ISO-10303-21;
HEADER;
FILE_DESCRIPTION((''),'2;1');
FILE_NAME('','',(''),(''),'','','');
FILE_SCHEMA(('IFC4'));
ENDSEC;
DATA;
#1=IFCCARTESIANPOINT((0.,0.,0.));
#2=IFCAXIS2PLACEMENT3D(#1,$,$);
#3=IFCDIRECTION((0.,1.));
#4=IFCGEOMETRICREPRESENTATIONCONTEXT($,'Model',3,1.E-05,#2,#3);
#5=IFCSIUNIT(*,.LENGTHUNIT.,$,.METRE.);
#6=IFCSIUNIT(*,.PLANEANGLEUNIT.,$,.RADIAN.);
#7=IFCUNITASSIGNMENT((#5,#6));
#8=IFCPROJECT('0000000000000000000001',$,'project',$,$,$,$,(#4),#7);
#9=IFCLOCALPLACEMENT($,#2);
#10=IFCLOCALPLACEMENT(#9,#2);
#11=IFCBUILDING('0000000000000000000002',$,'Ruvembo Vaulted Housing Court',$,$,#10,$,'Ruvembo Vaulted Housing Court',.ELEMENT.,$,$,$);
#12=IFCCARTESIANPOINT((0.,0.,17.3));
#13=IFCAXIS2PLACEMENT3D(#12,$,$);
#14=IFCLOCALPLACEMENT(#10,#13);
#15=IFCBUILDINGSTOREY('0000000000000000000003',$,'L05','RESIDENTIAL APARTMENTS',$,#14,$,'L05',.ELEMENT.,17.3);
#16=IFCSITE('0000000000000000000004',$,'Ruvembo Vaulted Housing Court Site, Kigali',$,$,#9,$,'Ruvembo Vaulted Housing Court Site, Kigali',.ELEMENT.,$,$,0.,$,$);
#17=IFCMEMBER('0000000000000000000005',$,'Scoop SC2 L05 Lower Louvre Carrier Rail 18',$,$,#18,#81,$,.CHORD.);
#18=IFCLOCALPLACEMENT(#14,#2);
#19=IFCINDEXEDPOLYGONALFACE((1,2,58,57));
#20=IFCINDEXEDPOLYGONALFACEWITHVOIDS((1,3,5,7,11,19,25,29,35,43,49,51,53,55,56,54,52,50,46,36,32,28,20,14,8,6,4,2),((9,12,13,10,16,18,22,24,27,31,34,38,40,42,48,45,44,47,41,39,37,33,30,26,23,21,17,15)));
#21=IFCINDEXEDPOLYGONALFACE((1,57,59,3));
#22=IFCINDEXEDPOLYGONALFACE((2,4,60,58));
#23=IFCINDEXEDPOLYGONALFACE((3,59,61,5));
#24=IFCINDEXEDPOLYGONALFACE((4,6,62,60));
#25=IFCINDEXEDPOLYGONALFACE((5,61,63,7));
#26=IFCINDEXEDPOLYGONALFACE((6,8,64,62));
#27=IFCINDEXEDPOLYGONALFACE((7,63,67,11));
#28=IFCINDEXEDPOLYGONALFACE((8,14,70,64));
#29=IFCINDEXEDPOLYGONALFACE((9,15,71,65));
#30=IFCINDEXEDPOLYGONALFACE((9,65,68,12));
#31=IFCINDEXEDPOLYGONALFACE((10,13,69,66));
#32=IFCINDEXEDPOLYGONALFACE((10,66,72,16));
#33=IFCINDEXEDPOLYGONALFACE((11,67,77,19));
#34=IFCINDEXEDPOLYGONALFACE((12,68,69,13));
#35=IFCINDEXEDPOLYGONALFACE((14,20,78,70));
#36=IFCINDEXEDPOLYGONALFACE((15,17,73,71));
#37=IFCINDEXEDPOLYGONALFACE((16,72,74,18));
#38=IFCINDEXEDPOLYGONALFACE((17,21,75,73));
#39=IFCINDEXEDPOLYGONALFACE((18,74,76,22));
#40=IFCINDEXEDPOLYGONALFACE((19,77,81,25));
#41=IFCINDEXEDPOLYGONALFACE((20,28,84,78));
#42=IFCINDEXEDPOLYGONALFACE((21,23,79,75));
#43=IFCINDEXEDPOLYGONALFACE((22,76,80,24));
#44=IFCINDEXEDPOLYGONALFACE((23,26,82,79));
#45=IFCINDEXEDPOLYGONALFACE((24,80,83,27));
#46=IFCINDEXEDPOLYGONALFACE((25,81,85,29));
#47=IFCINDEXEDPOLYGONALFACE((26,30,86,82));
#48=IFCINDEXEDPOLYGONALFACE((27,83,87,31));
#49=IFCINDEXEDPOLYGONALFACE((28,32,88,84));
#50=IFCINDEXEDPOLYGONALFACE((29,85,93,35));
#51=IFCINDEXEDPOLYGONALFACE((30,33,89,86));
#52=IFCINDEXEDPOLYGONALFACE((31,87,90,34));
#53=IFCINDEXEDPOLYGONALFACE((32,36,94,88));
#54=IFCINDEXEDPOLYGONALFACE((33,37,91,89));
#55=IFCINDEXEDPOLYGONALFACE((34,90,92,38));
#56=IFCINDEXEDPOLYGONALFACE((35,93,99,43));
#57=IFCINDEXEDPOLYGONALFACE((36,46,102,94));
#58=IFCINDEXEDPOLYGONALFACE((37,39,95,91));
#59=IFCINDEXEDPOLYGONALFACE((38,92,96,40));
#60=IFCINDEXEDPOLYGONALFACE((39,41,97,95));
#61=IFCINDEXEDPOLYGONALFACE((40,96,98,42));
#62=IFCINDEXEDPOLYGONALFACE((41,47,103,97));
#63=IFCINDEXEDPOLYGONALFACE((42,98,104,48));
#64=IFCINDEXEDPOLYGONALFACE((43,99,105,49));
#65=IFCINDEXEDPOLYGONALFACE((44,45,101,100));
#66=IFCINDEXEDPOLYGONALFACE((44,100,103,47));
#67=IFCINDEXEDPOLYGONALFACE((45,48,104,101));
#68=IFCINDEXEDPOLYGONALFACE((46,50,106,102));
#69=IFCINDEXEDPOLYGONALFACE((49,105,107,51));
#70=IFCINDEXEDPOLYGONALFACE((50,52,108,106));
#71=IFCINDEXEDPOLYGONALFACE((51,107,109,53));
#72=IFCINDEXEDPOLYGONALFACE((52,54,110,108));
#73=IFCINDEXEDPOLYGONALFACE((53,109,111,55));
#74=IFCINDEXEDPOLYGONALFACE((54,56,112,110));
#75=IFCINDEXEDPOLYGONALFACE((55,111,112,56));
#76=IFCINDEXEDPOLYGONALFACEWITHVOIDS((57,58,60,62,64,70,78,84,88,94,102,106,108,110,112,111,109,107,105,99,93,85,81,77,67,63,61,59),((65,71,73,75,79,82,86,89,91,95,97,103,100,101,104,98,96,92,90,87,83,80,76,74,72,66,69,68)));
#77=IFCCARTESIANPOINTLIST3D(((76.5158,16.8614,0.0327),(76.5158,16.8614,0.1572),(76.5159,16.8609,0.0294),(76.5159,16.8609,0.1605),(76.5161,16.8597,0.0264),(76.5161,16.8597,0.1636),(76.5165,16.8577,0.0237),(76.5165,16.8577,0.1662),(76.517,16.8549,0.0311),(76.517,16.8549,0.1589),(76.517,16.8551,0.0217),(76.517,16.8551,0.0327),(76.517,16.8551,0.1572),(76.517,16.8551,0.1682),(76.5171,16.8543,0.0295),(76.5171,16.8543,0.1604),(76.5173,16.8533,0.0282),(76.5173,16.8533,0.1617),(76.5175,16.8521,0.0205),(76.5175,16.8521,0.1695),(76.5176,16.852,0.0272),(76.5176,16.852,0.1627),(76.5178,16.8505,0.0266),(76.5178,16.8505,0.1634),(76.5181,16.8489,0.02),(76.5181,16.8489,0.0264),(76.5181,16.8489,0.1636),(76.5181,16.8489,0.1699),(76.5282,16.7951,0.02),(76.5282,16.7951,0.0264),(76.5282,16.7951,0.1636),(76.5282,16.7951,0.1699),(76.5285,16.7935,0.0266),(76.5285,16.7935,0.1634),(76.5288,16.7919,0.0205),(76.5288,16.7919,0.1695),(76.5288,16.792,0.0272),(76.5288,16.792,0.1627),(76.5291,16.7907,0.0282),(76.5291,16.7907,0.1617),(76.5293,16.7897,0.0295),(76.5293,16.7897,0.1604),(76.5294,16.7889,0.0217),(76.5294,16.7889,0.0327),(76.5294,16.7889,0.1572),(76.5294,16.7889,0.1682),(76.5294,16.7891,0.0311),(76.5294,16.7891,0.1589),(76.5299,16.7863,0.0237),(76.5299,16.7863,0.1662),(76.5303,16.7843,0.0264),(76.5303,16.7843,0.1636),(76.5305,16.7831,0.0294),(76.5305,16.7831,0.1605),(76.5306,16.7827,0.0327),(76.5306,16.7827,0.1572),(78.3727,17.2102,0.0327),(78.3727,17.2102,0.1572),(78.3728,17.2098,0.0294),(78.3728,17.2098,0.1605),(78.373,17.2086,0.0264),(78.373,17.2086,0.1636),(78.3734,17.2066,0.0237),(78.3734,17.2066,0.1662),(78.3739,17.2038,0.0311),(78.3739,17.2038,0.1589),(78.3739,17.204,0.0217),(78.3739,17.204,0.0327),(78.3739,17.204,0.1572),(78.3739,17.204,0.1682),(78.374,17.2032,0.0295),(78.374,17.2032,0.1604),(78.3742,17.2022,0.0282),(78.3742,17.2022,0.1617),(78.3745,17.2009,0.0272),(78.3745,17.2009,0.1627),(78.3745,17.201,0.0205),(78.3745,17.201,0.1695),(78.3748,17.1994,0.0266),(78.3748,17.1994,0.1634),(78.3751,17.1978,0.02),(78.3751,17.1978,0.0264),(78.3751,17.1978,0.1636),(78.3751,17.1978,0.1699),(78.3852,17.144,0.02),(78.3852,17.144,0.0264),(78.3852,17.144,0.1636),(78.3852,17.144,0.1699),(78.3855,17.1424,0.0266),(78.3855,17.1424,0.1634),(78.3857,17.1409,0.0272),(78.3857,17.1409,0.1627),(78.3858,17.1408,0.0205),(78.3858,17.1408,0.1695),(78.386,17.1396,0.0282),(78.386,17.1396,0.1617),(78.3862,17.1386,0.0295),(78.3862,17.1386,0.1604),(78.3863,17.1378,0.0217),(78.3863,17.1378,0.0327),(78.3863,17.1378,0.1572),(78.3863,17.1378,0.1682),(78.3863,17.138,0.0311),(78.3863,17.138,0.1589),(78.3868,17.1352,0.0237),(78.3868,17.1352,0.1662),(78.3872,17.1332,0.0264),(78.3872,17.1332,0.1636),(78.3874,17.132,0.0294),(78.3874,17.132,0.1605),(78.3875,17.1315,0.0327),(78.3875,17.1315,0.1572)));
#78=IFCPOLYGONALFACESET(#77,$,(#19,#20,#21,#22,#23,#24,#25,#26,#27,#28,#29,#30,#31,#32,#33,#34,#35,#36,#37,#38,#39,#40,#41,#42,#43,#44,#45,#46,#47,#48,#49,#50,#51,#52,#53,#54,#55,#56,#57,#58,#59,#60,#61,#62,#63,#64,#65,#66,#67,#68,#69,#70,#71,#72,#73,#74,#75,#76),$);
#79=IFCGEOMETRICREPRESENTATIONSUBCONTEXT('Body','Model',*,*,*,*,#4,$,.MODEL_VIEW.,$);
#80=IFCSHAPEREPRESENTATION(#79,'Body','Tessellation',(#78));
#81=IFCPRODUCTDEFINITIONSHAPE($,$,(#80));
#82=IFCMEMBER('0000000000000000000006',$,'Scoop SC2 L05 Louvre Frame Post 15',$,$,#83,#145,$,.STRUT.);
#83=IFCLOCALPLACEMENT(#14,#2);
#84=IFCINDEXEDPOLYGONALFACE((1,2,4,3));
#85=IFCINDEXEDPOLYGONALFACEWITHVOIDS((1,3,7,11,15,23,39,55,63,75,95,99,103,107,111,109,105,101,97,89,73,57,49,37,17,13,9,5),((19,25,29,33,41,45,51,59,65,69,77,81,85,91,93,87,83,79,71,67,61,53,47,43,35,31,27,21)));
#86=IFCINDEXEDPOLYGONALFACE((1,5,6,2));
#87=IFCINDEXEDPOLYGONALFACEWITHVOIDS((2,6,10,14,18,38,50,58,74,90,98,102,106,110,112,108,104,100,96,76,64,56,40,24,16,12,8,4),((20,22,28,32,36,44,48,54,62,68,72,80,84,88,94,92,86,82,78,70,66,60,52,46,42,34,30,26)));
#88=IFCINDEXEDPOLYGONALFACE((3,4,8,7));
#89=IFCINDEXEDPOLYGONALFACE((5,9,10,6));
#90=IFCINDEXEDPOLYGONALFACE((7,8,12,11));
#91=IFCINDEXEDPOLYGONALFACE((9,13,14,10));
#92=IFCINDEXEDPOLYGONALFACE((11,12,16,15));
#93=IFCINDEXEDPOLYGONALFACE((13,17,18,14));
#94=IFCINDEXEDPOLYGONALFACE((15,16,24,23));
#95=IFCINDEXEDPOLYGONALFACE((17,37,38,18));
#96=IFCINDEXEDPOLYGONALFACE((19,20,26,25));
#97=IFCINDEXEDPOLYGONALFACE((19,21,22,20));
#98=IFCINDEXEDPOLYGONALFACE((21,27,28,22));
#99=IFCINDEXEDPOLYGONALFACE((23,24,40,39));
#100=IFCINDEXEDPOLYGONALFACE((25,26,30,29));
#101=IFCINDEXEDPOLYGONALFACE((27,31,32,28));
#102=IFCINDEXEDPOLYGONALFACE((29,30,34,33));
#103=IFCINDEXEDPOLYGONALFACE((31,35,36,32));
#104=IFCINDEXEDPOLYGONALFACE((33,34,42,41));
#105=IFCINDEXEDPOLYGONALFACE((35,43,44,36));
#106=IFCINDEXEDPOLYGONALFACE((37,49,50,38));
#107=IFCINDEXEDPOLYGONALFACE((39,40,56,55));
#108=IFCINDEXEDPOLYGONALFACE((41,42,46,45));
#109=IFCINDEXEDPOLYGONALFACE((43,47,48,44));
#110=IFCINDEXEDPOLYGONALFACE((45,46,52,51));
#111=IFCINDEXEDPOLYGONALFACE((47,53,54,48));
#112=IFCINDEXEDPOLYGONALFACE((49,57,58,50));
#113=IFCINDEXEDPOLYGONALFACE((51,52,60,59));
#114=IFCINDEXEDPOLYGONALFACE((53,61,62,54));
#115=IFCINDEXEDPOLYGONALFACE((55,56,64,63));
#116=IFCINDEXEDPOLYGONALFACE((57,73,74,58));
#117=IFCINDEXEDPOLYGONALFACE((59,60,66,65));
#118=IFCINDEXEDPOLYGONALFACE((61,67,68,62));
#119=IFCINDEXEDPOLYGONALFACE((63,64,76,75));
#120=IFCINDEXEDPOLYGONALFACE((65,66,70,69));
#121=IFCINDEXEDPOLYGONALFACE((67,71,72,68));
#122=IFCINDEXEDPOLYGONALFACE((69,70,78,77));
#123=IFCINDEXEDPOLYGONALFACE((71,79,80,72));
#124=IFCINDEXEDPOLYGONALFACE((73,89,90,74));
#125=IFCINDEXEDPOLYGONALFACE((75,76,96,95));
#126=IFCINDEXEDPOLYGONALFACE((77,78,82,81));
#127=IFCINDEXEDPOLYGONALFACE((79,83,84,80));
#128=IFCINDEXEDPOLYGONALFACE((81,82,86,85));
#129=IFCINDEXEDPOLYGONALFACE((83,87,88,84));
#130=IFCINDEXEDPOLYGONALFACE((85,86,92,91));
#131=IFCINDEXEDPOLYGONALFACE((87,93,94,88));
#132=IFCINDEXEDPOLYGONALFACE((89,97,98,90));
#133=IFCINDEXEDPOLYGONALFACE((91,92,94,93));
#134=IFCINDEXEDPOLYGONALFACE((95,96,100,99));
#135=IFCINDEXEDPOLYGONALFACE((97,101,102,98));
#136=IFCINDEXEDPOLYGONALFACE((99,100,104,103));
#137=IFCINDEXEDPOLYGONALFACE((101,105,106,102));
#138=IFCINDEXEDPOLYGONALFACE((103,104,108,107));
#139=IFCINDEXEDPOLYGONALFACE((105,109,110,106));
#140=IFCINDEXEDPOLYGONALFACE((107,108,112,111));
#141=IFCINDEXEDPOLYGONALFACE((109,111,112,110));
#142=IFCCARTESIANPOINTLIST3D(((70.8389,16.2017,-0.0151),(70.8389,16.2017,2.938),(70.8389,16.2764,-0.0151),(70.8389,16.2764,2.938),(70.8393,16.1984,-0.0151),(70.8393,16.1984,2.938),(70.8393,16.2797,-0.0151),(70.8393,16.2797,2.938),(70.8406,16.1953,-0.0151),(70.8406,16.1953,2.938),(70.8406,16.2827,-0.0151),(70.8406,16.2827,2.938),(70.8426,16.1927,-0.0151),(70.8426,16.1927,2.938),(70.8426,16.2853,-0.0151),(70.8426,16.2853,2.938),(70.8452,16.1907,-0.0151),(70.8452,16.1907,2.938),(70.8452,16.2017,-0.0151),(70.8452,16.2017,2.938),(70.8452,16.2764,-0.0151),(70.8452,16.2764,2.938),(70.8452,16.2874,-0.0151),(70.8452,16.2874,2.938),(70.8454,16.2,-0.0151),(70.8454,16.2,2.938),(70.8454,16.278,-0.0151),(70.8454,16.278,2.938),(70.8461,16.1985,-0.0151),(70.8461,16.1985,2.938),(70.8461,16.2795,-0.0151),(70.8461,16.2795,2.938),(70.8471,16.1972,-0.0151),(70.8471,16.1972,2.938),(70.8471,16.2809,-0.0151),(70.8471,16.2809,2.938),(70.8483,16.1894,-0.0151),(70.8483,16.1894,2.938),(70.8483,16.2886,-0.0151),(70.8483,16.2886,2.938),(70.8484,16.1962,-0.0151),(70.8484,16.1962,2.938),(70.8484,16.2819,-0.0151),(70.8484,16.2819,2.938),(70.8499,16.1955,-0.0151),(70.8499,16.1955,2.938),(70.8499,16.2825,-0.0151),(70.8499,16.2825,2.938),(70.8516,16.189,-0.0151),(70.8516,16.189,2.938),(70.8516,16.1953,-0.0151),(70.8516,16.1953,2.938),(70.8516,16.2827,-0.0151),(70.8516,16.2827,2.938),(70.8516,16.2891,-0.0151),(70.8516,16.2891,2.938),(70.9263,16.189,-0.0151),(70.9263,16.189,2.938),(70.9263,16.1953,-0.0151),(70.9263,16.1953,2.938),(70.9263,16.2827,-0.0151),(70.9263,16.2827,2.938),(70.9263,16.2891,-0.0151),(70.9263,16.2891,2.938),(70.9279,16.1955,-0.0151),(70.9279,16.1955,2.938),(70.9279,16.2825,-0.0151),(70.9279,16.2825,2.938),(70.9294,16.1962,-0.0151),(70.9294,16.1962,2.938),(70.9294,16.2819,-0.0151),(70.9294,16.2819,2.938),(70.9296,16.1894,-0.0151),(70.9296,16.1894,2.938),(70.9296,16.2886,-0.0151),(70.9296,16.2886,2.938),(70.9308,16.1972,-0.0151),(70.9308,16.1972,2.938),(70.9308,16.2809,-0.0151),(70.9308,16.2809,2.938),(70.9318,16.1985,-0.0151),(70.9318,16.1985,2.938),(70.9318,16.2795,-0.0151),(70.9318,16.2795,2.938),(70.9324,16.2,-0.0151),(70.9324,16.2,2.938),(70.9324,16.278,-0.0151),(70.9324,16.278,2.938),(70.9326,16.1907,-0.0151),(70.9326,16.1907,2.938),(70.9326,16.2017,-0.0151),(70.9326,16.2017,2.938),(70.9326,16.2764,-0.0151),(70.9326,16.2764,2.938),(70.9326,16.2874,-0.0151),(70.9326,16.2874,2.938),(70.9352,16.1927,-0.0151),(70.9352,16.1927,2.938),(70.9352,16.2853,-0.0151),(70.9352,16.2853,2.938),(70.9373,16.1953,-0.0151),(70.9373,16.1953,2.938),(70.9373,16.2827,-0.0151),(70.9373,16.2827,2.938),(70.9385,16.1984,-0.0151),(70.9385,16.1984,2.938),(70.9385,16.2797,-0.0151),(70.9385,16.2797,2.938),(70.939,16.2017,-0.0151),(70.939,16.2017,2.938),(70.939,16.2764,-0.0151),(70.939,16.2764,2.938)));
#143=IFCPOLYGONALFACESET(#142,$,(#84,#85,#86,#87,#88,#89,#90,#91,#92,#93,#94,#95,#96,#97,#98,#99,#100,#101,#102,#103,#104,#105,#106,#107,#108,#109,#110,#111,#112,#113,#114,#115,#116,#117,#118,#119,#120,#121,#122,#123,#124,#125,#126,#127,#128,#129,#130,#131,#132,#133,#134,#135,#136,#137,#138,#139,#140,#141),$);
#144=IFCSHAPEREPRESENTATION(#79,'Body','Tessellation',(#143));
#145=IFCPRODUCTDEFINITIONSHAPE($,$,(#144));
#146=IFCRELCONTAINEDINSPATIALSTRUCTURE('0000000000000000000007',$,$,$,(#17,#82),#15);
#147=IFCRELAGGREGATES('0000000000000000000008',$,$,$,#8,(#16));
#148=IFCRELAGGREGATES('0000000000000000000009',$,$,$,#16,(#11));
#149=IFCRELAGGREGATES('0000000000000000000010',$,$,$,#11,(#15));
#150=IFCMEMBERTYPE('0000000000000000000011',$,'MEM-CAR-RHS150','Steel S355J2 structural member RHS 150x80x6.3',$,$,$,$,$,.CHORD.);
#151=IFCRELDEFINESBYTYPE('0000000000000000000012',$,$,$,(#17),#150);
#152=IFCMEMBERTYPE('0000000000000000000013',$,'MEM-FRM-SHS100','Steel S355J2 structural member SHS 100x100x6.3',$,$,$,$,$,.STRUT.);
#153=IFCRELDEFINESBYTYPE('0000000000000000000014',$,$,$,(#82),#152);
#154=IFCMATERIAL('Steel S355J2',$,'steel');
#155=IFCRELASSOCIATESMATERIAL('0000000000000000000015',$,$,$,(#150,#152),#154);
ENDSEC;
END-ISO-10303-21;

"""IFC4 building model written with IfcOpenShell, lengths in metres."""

from ifc_helpers import new_model, si_unit, direction, frame, origin, origin_2d, place, context, subcontext, project, spatial, hollow_rectangle, extrude, material, material_profile, profile_set, type_object, element, save


model = new_model("IFC4")

# Units and contexts
model_context = context("Model", 3, precision=1e-05, world=origin(), true_north=direction((0.0, 1.0)))
body_context = subcontext(model_context, "Body", "Model", "MODEL_VIEW")
ifc_project = project(units=[si_unit("LENGTHUNIT", "METRE"), si_unit("PLANEANGLEUNIT", "RADIAN")], contexts=[model_context])

# Site, building, storey
site_placement = place(None, origin())
site = spatial("IfcSite", under=ifc_project, at=site_placement, Name="Ruvembo Vaulted Housing Court Site, Kigali", LongName="Ruvembo Vaulted Housing Court Site, Kigali", CompositionType="ELEMENT", RefElevation=0.0)
building_placement = place(site_placement, origin())
building = spatial("IfcBuilding", under=site, at=building_placement, Name="Ruvembo Vaulted Housing Court", LongName="Ruvembo Vaulted Housing Court", CompositionType="ELEMENT")
storey_placement = place(building_placement, frame((0.0, 0.0, 17.3)))
storey = spatial("IfcBuildingStorey", under=building, at=storey_placement, Name="L05", Description="RESIDENTIAL APARTMENTS", LongName="L05", CompositionType="ELEMENT", Elevation=17.3)

# Shared definitions
ifc_material_1 = material(Name="Steel S355J2", Category="steel")

# Members
ifc_material_profile_1 = material_profile(ifc_material_1, hollow_rectangle(XDim=0.0801, YDim=0.1499, WallThickness=0.0063, InnerFilletRadius=0.0063, OuterFilletRadius=0.0127, at=origin_2d()), Name="RHS 150x80x6.3")
ifc_profile_set_1 = profile_set([ifc_material_profile_1], Name="Steel S355J2")
member_type_1 = type_object("IfcMemberType", Name="MEM-CAR-RHS150", Description="Steel S355J2 structural member RHS 150x80x6.3", PredefinedType="CHORD", material=ifc_profile_set_1)
member_1_placement = place(storey_placement, frame((76.5232, 16.822, 0.095), z_axis=(0.982805, 0.184647, 0.0), x_axis=(-0.184647, 0.982805, 0.0)))
element("IfcMember", 1, at=member_1_placement, inside=storey, type_object=member_type_1, Name="Scoop SC2 L05 Lower Louvre Carrier Rail 18", PredefinedType="CHORD", context=body_context, shape_type="SweptSolid", body=[
    extrude(hollow_rectangle(XDim=0.0801, YDim=0.1499, WallThickness=0.0063, InnerFilletRadius=0.0063, OuterFilletRadius=0.0127, at=origin_2d()), origin(), (0.0, 0.0, 1.0), 1.8894),
])
ifc_material_profile_2 = material_profile(ifc_material_1, hollow_rectangle(XDim=0.1001, YDim=0.1001, WallThickness=0.0063, InnerFilletRadius=0.0063, OuterFilletRadius=0.0127, at=origin_2d()), Name="SHS 100x100x6.3")
ifc_profile_set_2 = profile_set([ifc_material_profile_2], Name="Steel S355J2")
member_type_2 = type_object("IfcMemberType", Name="MEM-FRM-SHS100", Description="Steel S355J2 structural member SHS 100x100x6.3", PredefinedType="STRUT", material=ifc_profile_set_2)
for number, where, z_axis, x_axis, name in (
    (2, (70.8889, 16.239, -0.0151), (0.0, 0.0, 1.0), (1.0, 0.0, 0.0), "Scoop SC2 L05 Louvre Frame Post 15"),
):
    element("IfcMember", number, at=place(storey_placement, frame(where, z_axis=z_axis, x_axis=x_axis)), inside=storey, type_object=member_type_2, Name=name, PredefinedType="STRUT", context=body_context, shape_type="SweptSolid", body=[
        extrude(hollow_rectangle(XDim=0.1001, YDim=0.1001, WallThickness=0.0063, InnerFilletRadius=0.0063, OuterFilletRadius=0.0127, at=origin_2d()), origin(), (0.0, 0.0, 1.0), 2.9531),
    ])

save(model, "model.ifc")
